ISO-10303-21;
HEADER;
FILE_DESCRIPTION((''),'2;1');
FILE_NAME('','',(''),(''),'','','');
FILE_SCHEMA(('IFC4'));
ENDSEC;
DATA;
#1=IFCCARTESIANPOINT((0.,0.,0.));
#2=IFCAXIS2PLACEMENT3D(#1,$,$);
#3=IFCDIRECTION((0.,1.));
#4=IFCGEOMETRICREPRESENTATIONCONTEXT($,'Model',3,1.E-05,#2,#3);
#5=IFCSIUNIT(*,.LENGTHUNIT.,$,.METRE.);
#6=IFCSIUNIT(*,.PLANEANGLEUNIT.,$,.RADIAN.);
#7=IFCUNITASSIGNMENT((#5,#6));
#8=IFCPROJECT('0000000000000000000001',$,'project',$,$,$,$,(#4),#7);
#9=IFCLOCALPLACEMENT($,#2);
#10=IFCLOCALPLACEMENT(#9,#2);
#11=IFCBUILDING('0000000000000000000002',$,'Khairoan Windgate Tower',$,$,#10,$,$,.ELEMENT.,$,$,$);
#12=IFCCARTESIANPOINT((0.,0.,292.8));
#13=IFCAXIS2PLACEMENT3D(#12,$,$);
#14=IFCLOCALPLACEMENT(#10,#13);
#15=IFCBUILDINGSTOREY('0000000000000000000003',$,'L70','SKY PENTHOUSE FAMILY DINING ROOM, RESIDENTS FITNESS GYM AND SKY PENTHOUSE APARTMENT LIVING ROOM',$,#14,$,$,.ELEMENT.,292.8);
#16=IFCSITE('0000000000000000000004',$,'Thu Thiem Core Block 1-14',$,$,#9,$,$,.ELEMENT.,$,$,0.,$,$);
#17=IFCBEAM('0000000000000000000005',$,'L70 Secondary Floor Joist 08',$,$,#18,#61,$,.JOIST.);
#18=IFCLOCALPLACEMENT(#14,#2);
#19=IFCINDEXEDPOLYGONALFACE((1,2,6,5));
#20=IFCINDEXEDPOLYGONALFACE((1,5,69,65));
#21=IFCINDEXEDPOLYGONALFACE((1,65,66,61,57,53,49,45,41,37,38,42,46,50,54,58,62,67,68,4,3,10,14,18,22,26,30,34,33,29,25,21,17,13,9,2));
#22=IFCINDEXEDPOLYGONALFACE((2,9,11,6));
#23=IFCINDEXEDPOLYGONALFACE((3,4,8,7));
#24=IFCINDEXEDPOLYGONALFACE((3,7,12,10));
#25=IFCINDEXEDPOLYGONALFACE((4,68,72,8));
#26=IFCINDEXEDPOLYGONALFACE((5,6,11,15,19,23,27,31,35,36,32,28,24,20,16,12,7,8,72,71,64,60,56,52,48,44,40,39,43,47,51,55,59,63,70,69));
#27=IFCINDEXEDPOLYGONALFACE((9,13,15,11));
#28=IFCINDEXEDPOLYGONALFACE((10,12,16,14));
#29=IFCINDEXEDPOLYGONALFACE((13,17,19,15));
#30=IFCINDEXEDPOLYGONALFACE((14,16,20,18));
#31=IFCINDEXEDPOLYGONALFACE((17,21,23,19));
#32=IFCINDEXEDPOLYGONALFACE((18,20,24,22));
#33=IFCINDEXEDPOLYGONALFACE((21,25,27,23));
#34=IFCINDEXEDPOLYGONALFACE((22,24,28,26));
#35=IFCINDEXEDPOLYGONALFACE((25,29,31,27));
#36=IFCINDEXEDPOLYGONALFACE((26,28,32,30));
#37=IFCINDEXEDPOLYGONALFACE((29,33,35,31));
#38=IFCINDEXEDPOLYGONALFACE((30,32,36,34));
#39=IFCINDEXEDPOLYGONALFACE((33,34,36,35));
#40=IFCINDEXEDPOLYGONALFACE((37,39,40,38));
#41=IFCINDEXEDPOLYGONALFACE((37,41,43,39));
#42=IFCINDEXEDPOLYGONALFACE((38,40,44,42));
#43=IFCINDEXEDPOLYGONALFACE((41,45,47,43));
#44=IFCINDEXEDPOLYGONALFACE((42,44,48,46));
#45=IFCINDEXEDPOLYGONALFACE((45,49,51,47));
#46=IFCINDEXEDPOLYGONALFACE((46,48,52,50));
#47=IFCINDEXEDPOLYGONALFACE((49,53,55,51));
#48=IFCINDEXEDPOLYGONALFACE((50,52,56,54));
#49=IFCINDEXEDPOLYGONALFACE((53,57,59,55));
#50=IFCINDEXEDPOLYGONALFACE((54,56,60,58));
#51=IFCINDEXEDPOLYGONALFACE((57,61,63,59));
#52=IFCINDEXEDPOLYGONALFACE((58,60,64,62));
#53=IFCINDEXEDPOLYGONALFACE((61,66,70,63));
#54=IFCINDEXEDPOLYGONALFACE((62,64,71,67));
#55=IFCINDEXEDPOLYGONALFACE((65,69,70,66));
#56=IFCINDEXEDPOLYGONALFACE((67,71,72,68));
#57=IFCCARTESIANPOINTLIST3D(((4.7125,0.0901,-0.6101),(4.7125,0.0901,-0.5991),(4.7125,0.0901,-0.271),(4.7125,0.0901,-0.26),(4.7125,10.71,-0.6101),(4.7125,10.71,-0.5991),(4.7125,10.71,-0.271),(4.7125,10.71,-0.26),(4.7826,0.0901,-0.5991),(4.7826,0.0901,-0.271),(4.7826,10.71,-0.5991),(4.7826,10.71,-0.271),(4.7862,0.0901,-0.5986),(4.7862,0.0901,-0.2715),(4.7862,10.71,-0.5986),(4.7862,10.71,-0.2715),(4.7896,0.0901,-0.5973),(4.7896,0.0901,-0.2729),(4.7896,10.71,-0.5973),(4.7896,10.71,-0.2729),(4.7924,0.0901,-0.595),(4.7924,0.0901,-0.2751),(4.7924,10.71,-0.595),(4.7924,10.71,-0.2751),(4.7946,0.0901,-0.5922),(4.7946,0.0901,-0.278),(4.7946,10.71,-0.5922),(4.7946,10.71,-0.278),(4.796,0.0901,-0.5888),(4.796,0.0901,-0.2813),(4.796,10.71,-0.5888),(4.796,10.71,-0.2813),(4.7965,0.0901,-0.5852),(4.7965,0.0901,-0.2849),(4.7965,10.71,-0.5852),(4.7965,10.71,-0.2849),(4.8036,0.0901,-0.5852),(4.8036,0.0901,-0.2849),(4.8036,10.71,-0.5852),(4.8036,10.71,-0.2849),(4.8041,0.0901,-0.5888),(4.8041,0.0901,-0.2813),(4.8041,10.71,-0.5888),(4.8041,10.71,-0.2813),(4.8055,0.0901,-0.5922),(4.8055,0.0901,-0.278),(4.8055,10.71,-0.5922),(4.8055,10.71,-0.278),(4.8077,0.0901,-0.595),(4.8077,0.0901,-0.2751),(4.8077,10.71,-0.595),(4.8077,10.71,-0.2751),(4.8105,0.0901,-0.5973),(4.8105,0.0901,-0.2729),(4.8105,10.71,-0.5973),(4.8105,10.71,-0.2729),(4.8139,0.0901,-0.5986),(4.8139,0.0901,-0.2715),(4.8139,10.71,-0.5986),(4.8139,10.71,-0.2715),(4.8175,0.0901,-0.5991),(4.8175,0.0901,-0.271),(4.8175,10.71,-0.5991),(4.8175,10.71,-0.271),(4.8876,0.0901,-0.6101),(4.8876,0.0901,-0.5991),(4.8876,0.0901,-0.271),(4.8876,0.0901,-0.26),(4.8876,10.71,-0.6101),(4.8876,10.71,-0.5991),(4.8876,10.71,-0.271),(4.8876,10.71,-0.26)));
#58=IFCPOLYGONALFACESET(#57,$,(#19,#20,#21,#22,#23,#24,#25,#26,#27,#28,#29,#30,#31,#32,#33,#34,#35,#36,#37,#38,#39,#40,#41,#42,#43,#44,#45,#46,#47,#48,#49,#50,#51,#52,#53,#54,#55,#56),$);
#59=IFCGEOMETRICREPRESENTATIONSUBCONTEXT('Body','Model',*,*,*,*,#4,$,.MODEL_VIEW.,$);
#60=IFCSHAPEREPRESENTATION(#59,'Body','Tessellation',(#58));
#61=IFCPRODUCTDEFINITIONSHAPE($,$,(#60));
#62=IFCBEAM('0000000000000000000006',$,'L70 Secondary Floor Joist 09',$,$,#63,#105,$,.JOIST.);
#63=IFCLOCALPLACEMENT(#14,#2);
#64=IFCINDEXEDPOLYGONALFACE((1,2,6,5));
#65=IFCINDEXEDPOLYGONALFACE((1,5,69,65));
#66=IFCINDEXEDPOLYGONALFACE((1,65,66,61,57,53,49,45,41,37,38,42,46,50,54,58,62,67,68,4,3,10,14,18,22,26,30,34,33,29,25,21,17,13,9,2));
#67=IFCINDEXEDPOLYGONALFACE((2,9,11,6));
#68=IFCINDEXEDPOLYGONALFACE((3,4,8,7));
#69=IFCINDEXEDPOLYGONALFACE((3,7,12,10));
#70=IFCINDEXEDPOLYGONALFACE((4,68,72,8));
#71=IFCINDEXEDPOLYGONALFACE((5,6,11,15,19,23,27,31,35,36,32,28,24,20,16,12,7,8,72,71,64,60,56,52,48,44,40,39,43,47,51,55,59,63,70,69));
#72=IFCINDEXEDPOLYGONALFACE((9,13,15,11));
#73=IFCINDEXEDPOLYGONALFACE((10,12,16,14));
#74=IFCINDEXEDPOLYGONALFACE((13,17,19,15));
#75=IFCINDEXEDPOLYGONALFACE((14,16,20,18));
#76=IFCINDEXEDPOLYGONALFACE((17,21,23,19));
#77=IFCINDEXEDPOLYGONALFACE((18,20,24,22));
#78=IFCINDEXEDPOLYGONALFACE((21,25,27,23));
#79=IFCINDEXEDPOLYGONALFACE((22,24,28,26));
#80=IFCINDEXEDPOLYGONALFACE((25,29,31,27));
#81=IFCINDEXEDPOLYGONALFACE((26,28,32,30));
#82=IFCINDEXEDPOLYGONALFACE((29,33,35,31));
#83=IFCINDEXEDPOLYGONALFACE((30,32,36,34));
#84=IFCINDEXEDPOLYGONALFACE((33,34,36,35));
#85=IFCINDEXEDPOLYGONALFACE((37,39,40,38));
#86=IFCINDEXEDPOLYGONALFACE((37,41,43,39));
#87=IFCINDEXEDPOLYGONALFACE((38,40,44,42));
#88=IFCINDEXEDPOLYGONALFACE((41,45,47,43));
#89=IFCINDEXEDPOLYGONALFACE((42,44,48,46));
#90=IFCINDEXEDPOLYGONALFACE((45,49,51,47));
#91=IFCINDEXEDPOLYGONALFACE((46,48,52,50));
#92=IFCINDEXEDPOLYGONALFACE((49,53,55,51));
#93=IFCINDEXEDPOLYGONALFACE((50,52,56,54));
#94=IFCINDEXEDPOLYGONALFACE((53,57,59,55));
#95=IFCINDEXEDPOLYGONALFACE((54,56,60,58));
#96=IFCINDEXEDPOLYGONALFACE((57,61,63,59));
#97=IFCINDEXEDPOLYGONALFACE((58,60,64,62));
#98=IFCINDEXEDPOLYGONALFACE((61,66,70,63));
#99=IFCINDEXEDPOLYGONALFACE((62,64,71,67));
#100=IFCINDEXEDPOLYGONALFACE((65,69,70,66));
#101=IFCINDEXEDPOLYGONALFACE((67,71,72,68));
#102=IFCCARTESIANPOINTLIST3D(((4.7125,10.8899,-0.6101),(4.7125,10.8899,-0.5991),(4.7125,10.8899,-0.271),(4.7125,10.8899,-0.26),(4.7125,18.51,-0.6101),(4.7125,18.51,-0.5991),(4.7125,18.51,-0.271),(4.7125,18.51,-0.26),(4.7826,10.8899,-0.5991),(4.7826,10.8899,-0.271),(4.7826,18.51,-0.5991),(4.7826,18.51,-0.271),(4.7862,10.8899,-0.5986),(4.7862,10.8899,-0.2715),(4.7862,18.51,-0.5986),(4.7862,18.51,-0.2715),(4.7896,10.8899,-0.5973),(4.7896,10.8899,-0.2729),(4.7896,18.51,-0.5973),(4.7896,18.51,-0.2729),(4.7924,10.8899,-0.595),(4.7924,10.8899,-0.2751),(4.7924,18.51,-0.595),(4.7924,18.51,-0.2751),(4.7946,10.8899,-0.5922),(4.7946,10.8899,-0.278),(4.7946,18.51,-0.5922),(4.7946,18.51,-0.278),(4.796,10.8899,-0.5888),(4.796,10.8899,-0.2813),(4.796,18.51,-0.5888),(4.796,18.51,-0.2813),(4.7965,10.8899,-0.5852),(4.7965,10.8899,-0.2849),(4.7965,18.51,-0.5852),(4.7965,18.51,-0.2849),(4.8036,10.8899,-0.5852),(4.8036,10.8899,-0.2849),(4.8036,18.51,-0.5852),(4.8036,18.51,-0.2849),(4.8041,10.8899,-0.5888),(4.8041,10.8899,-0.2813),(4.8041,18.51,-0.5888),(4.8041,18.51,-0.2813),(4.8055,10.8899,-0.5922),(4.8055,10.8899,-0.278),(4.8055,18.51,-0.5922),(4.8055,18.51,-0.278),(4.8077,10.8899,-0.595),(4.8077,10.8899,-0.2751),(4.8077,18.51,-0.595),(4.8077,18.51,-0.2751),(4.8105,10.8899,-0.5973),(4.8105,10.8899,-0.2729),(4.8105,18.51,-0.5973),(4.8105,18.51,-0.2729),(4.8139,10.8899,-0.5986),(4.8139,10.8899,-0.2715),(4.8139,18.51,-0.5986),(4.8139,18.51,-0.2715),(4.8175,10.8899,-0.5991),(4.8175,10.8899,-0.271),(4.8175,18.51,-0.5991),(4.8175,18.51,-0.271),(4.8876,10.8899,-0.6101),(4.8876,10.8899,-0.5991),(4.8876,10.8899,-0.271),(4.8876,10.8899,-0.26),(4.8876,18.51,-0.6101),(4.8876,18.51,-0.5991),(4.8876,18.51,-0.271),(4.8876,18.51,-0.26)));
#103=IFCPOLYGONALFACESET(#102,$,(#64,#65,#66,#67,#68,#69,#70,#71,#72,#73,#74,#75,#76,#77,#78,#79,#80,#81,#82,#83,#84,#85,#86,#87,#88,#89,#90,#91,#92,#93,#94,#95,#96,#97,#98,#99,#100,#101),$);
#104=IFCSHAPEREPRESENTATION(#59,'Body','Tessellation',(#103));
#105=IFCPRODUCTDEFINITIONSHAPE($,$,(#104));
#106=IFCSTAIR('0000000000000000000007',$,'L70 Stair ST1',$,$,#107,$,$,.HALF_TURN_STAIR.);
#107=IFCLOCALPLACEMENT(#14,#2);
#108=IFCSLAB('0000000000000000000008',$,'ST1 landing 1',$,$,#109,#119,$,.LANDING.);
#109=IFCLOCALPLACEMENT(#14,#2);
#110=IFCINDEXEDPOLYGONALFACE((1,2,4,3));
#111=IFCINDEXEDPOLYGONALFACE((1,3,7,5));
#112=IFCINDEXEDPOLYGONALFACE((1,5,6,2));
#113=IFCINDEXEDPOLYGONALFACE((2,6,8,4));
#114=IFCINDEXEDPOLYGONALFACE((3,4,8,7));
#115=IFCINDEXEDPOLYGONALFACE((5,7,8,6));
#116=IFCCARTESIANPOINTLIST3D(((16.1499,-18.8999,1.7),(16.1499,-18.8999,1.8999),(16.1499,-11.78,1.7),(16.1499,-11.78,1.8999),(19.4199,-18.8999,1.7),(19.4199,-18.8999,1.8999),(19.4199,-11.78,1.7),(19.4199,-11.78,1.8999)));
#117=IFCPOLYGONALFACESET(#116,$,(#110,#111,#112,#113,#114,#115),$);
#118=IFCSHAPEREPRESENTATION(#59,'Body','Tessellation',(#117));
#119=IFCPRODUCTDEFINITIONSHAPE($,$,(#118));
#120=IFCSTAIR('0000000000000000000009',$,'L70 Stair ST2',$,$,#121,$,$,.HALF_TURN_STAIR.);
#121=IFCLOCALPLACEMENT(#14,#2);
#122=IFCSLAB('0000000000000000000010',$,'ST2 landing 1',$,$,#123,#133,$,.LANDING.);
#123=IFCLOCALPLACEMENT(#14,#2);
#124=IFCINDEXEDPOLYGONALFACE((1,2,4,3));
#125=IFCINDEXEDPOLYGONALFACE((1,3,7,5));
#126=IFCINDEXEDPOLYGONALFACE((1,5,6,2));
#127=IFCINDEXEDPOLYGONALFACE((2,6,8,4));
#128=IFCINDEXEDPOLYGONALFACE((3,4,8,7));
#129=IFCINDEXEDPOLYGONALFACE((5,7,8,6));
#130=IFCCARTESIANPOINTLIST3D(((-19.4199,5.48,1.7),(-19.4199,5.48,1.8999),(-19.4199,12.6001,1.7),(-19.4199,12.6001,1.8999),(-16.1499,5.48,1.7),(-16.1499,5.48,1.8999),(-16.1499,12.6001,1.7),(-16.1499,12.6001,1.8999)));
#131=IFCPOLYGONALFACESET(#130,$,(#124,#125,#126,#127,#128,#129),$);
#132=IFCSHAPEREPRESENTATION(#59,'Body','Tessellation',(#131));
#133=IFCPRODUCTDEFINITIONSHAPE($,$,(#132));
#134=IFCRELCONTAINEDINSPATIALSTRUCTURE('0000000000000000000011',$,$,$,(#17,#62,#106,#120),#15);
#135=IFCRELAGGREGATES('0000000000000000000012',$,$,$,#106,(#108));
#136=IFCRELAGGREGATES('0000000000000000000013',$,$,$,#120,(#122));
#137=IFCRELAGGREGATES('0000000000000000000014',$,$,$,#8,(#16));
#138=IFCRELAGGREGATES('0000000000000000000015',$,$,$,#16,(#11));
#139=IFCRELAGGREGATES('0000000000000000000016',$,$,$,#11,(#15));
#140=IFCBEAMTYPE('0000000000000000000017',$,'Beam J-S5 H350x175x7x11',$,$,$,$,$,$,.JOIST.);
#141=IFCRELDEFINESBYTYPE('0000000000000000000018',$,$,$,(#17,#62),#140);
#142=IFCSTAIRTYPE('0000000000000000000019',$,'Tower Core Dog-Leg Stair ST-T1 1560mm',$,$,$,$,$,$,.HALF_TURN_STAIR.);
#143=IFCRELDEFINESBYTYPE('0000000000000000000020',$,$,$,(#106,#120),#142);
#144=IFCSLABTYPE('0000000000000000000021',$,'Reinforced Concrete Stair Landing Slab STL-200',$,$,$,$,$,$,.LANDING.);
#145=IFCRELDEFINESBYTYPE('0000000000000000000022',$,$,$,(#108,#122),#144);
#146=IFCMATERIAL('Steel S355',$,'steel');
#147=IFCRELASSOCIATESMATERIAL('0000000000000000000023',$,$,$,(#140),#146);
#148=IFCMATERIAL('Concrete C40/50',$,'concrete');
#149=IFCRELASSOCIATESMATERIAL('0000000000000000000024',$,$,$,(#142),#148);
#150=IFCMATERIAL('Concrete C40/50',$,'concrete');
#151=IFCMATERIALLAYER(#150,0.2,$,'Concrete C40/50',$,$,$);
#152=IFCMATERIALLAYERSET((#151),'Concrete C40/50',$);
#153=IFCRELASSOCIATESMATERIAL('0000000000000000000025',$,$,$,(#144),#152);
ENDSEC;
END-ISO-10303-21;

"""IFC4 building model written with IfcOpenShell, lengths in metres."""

from ifc_helpers import new_model, si_unit, direction, frame, origin, origin_2d, place, context, subcontext, project, spatial, polyline, i_section, outline, extrude, material, layer, layer_set, material_profile, profile_set, type_object, element, aggregate, save


model = new_model("IFC4")

# Units and contexts
model_context = context("Model", 3, precision=1e-05, world=origin(), true_north=direction((0.0, 1.0)))
body_context = subcontext(model_context, "Body", "Model", "MODEL_VIEW")
ifc_project = project(units=[si_unit("LENGTHUNIT", "METRE"), si_unit("PLANEANGLEUNIT", "RADIAN")], contexts=[model_context])

# Site, building, storey
site_placement = place(None, origin())
site = spatial("IfcSite", under=ifc_project, at=site_placement, Name="Thu Thiem Core Block 1-14", CompositionType="ELEMENT", RefElevation=0.0)
building_placement = place(site_placement, origin())
building = spatial("IfcBuilding", under=site, at=building_placement, Name="Khairoan Windgate Tower", CompositionType="ELEMENT")
storey_placement = place(building_placement, frame((0.0, 0.0, 292.8)))
storey = spatial("IfcBuildingStorey", under=building, at=storey_placement, Name="L70", Description="SKY PENTHOUSE FAMILY DINING ROOM, RESIDENTS FITNESS GYM AND SKY PENTHOUSE APARTMENT LIVING ROOM", CompositionType="ELEMENT", Elevation=292.8)

# Beams
ifc_material_1 = material(Name="Steel S355", Category="steel")
ifc_material_profile_1 = material_profile(ifc_material_1, i_section(OverallWidth=0.175, OverallDepth=0.3501, WebThickness=0.0071, FlangeThickness=0.011, FilletRadius=0.0139, at=origin_2d()))
ifc_profile_set_1 = profile_set([ifc_material_profile_1], Name="Steel S355")
beam_type_1 = type_object("IfcBeamType", Name="Beam J-S5 H350x175x7x11", PredefinedType="JOIST", material=ifc_profile_set_1)
beam_1_placement = place(storey_placement, frame((4.8, 0.0901, -0.4351), z_axis=(0.0, 1.0, 0.0), x_axis=(-1.0, 0.0, 0.0)))
element("IfcBeam", 1, at=beam_1_placement, inside=storey, type_object=beam_type_1, Name="L70 Secondary Floor Joist 08", PredefinedType="JOIST", context=body_context, shape_type="SweptSolid", body=[
    extrude(i_section(OverallWidth=0.175, OverallDepth=0.3501, WebThickness=0.0071, FlangeThickness=0.011, FilletRadius=0.0139, at=origin_2d()), origin(), (0.0, 0.0, 1.0), 10.6199),
])
beam_2_placement = place(storey_placement, frame((4.8, 10.8899, -0.4351), z_axis=(0.0, 1.0, 0.0), x_axis=(-1.0, 0.0, 0.0)))
element("IfcBeam", 2, at=beam_2_placement, inside=storey, type_object=beam_type_1, Name="L70 Secondary Floor Joist 09", PredefinedType="JOIST", context=body_context, shape_type="SweptSolid", body=[
    extrude(i_section(OverallWidth=0.175, OverallDepth=0.3501, WebThickness=0.0071, FlangeThickness=0.011, FilletRadius=0.0139, at=origin_2d()), origin(), (0.0, 0.0, 1.0), 7.6201),
])

# Stairs, slabs
ifc_material_2 = material(Name="Concrete C40/50", Category="concrete")
stair_type = type_object("IfcStairType", Name="Tower Core Dog-Leg Stair ST-T1 1560mm", PredefinedType="HALF_TURN_STAIR", material=ifc_material_2)
stair_1_placement = place(storey_placement, origin())
stair_1 = element("IfcStair", 3, at=stair_1_placement, inside=storey, type_object=stair_type, Name="L70 Stair ST1", PredefinedType="HALF_TURN_STAIR")
ifc_material_3 = material(Name="Concrete C40/50", Category="concrete")
ifc_layer_1 = layer(ifc_material_3, 0.2, Name="Concrete C40/50")
ifc_layer_set_1 = layer_set([ifc_layer_1], Name="Concrete C40/50")
slab_type_1 = type_object("IfcSlabType", Name="Reinforced Concrete Stair Landing Slab STL-200", PredefinedType="LANDING", material=ifc_layer_set_1)
slab_1_placement = place(storey_placement, frame((0.0, 0.0, 1.7)))
slab_1 = element("IfcSlab", 4, at=slab_1_placement, type_object=slab_type_1, Name="ST1 landing 1", PredefinedType="LANDING", context=body_context, shape_type="SweptSolid", body=[
    extrude(outline(polyline([(16.1499, -11.78), (16.1499, -18.8999), (19.4199, -18.8999), (19.4199, -11.78), (16.1499, -11.78)])), origin(), (0.0, 0.0, 1.0), 0.2),
])
aggregate(stair_1, [slab_1])
stair_2_placement = place(storey_placement, origin())
stair_2 = element("IfcStair", 5, at=stair_2_placement, inside=storey, type_object=stair_type, Name="L70 Stair ST2", PredefinedType="HALF_TURN_STAIR")
slab_2_placement = place(storey_placement, frame((0.0, 0.0, 1.7)))
slab_2 = element("IfcSlab", 6, at=slab_2_placement, type_object=slab_type_1, Name="ST2 landing 1", PredefinedType="LANDING", context=body_context, shape_type="SweptSolid", body=[
    extrude(outline(polyline([(-16.1499, 5.48), (-16.1499, 12.6001), (-19.4199, 12.6001), (-19.4199, 5.48), (-16.1499, 5.48)])), origin(), (0.0, 0.0, 1.0), 0.2),
])
aggregate(stair_2, [slab_2])

save(model, "model.ifc")
